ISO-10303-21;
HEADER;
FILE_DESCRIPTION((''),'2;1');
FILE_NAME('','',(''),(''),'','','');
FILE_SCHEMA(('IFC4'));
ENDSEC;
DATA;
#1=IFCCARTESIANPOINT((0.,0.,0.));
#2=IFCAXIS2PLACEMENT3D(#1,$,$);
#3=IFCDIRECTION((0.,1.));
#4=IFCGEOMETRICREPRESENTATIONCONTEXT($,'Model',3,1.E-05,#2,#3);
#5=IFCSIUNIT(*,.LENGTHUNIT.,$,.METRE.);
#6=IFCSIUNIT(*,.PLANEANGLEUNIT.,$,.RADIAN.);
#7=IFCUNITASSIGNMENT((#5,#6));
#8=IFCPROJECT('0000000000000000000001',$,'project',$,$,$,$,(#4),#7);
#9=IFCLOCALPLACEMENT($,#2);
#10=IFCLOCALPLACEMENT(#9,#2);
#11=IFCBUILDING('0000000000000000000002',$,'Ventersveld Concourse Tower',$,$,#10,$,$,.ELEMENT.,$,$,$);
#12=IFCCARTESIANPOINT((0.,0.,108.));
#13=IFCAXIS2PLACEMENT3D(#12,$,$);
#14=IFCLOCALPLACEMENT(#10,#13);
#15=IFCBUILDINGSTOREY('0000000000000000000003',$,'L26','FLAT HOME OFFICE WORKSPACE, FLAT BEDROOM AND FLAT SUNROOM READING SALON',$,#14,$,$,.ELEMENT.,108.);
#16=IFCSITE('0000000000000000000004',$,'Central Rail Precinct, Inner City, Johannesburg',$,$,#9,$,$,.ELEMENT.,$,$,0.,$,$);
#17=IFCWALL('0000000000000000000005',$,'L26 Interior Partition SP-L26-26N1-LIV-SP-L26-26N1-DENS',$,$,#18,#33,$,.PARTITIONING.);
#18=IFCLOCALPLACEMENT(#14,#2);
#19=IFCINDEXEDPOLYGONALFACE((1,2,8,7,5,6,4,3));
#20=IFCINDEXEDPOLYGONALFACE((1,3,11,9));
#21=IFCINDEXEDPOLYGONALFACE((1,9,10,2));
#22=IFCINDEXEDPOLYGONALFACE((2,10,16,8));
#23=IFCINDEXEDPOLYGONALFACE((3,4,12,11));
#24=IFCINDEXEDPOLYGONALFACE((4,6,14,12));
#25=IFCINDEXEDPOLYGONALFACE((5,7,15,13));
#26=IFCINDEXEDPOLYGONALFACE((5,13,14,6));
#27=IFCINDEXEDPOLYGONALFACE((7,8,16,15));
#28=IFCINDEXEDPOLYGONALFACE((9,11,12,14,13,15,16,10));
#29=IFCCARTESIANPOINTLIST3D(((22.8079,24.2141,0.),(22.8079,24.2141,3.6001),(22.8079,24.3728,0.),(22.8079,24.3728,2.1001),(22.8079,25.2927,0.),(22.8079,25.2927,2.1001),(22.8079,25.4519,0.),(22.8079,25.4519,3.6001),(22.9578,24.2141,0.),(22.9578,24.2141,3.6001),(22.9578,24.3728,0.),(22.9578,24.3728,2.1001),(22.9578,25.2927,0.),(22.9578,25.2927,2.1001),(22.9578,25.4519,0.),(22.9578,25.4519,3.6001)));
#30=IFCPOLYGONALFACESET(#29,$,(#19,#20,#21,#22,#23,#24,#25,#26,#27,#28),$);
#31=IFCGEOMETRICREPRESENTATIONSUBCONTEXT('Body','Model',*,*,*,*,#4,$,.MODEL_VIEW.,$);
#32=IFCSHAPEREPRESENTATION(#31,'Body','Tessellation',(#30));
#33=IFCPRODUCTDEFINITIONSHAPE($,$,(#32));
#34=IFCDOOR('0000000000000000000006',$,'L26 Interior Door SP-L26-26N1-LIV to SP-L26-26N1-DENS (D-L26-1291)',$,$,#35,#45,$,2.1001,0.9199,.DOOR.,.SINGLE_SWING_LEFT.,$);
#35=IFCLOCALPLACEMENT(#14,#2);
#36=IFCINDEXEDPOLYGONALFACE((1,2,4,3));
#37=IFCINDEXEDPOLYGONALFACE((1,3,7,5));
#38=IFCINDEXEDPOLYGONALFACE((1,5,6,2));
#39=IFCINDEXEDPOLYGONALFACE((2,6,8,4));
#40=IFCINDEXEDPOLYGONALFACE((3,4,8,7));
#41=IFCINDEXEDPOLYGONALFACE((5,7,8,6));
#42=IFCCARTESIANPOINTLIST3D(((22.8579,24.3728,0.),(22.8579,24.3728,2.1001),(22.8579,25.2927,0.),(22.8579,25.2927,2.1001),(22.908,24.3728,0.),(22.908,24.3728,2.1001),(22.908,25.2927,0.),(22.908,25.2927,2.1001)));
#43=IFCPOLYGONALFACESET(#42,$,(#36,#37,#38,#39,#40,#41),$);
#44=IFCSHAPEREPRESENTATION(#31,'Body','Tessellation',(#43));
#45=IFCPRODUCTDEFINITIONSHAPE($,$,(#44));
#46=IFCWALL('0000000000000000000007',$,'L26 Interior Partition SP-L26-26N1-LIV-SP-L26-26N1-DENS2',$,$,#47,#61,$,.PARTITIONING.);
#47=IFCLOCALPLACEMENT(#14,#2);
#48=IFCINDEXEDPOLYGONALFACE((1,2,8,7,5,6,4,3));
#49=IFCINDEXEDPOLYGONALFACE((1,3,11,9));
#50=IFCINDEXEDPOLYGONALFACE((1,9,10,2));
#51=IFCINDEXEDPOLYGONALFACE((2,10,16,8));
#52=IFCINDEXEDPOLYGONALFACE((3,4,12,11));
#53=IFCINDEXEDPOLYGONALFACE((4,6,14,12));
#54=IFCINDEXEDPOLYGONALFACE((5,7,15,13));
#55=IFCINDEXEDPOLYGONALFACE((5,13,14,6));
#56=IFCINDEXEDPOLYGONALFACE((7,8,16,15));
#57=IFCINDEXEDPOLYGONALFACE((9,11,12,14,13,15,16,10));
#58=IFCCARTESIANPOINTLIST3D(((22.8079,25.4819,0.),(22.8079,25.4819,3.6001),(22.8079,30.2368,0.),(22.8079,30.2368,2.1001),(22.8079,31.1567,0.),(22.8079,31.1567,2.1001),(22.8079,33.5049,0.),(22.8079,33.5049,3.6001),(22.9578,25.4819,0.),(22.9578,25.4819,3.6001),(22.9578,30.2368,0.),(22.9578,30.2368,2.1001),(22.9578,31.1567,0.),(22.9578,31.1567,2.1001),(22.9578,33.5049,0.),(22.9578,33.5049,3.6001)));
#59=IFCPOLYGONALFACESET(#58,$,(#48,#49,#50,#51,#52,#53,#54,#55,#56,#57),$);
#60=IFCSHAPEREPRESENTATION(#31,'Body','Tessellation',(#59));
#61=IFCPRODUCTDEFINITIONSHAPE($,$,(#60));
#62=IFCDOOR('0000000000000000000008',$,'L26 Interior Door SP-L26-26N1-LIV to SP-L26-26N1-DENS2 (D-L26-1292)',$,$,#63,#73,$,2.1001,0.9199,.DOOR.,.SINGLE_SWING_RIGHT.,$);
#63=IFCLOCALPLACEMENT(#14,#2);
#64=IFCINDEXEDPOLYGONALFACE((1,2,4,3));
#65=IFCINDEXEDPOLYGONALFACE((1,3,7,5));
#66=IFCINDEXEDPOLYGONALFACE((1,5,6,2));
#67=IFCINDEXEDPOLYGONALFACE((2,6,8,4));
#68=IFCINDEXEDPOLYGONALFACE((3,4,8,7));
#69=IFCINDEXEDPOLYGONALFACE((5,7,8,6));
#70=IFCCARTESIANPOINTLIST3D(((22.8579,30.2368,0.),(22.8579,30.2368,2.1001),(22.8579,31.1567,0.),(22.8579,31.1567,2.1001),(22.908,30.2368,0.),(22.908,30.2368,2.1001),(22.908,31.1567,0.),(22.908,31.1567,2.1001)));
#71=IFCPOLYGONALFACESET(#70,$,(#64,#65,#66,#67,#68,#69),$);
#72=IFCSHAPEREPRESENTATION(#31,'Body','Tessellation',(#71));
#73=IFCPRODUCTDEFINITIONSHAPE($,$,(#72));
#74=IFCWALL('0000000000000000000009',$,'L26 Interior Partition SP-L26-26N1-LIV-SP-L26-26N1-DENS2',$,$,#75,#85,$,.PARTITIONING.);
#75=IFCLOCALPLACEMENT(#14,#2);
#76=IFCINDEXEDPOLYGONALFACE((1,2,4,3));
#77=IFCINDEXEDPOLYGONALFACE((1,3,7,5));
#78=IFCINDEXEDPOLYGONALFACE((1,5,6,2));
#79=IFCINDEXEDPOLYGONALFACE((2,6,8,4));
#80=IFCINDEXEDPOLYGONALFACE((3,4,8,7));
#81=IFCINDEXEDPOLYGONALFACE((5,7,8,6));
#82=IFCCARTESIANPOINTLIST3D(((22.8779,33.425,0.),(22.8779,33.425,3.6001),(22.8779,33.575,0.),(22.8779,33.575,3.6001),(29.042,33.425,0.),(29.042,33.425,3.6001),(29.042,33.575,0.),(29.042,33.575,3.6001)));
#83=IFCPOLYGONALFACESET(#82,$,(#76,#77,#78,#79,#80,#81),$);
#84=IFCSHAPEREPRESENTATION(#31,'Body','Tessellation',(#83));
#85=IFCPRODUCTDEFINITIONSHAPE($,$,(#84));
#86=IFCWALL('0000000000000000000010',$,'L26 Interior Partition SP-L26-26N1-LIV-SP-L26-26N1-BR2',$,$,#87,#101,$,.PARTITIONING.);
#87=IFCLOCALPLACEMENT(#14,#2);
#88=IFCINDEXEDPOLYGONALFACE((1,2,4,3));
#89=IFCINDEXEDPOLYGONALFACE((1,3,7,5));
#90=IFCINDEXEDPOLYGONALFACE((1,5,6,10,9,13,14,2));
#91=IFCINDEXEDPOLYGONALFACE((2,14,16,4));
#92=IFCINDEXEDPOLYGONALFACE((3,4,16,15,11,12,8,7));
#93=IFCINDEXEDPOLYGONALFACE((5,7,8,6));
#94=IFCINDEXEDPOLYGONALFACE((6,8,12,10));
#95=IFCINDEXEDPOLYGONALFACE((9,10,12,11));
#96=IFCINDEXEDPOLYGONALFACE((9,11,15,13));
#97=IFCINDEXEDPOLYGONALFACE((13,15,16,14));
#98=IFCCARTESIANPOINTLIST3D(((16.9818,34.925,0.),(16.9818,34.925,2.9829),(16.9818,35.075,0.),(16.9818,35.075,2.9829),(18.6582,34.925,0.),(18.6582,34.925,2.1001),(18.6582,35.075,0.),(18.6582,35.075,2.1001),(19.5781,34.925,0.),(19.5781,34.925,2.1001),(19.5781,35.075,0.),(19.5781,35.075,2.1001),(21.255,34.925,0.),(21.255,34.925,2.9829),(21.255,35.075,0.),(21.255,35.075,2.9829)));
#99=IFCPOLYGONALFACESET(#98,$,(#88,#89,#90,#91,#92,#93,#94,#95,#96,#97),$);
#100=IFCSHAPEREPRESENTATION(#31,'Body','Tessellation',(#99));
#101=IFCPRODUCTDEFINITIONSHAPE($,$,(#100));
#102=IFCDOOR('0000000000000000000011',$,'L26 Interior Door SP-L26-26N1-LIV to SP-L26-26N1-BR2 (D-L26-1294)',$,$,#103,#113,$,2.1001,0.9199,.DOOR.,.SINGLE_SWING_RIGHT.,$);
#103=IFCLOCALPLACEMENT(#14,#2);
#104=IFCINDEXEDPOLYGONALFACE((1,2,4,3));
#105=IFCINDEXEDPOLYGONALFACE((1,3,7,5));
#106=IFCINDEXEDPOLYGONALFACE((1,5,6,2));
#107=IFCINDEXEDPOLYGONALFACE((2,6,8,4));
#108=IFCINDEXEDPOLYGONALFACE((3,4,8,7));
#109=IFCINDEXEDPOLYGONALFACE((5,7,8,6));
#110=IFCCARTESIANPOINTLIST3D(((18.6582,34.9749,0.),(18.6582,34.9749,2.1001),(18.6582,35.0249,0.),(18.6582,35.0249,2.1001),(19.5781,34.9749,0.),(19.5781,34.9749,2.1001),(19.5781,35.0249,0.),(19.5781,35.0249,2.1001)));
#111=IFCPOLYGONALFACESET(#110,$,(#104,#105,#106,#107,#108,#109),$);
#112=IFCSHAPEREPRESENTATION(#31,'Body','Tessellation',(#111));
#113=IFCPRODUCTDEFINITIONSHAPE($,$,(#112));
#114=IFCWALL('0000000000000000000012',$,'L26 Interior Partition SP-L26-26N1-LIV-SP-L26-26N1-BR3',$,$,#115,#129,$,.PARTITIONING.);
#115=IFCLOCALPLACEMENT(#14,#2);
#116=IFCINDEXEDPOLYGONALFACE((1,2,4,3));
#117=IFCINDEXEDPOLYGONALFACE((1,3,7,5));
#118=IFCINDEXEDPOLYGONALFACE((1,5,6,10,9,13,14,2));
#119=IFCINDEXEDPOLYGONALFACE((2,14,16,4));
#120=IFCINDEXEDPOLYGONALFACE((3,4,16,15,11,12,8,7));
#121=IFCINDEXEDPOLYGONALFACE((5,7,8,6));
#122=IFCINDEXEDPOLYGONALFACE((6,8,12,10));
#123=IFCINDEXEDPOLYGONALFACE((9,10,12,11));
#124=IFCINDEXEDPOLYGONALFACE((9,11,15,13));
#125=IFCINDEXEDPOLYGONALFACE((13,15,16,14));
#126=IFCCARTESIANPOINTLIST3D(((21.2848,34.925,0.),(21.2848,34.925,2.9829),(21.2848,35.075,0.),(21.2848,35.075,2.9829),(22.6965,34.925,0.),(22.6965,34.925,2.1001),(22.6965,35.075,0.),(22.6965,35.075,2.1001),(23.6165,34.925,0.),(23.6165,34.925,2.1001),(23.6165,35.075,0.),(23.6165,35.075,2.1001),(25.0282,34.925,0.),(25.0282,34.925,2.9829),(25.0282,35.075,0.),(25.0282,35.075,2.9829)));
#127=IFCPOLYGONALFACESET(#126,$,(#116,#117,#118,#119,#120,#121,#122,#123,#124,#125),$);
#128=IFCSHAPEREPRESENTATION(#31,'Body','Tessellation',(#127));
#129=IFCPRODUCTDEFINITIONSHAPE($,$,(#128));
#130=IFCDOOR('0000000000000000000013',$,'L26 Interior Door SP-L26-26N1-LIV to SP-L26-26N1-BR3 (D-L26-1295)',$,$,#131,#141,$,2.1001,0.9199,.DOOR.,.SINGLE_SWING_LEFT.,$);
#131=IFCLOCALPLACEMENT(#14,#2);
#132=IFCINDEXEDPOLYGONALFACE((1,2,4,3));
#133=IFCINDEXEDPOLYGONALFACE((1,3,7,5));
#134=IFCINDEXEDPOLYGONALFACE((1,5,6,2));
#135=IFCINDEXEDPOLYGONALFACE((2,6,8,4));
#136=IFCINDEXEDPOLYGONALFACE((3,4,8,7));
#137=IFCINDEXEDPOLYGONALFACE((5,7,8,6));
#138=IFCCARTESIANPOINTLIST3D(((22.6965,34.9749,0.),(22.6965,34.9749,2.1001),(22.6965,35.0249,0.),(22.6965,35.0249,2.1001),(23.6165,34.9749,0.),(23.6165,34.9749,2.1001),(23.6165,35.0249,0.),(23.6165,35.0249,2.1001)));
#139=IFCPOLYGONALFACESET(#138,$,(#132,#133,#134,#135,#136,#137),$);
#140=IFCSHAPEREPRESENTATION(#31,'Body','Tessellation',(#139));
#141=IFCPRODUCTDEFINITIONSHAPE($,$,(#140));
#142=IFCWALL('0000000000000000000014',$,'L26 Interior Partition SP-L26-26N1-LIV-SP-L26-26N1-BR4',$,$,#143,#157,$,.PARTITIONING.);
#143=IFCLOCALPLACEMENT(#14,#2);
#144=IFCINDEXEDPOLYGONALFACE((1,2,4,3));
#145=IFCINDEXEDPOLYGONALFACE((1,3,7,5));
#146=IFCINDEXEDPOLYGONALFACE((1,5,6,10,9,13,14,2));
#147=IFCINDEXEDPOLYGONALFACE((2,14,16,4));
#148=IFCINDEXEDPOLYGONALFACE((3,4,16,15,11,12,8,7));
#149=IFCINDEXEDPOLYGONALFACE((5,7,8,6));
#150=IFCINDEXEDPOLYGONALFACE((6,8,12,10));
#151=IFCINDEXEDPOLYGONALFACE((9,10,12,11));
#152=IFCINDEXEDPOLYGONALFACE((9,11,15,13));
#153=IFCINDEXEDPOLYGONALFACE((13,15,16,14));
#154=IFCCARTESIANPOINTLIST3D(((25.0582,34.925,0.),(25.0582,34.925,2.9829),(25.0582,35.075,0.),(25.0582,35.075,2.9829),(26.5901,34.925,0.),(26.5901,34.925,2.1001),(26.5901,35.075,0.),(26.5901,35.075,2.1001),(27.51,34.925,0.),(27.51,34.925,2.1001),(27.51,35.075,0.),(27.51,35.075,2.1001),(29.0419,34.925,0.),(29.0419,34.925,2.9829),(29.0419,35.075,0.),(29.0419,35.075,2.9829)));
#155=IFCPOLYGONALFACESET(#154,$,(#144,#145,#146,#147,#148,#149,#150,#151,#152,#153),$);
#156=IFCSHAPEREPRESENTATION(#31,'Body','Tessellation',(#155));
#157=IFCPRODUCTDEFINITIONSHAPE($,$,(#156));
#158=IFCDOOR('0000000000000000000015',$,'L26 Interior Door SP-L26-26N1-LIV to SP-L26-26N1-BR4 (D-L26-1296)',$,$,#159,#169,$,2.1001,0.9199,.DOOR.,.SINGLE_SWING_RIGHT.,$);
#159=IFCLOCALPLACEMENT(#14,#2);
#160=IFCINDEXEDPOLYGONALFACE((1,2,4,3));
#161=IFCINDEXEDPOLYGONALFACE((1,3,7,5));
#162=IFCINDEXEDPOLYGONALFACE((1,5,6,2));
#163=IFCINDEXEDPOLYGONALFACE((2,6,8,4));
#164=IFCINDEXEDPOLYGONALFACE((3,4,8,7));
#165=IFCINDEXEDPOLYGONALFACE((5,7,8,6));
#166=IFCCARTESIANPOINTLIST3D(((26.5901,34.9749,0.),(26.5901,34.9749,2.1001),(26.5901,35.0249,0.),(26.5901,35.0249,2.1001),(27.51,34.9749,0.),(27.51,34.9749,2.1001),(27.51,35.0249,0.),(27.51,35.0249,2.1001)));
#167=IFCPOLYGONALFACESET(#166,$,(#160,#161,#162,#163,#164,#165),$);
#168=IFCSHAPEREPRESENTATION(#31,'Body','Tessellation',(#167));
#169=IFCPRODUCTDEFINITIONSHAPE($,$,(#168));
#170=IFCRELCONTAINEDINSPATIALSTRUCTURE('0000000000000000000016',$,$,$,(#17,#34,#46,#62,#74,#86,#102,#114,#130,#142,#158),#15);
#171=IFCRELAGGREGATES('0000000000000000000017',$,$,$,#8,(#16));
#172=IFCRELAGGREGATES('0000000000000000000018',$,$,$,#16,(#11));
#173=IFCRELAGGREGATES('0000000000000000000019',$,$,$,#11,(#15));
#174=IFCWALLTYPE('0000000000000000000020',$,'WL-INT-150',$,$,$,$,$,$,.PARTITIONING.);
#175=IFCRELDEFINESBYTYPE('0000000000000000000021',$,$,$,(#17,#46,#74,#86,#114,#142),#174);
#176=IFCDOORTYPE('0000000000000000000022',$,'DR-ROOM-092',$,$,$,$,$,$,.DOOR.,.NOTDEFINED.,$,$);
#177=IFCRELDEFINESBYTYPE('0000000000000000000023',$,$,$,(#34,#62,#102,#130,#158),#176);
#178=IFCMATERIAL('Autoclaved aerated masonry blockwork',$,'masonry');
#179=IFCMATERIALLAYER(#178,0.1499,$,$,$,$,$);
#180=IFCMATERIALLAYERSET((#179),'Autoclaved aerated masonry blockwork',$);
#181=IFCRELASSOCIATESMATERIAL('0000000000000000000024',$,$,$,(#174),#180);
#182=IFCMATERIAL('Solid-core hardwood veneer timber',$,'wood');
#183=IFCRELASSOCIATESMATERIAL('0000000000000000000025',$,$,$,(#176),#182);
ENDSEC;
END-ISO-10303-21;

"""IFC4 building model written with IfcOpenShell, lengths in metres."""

from ifc_helpers import new_model, si_unit, direction, frame, frame_2d, origin, place, context, subcontext, project, spatial, rectangle, extrude, material, layer, layer_set, type_object, element, fill, save


model = new_model("IFC4")

# Units and contexts
model_context = context("Model", 3, precision=1e-05, world=origin(), true_north=direction((0.0, 1.0)))
body_context = subcontext(model_context, "Body", "Model", "MODEL_VIEW")
ifc_project = project(units=[si_unit("LENGTHUNIT", "METRE"), si_unit("PLANEANGLEUNIT", "RADIAN")], contexts=[model_context])

# Site, building, storey
site_placement = place(None, origin())
site = spatial("IfcSite", under=ifc_project, at=site_placement, Name="Central Rail Precinct, Inner City, Johannesburg", CompositionType="ELEMENT", RefElevation=0.0)
building_placement = place(site_placement, origin())
building = spatial("IfcBuilding", under=site, at=building_placement, Name="Ventersveld Concourse Tower", CompositionType="ELEMENT")
storey_placement = place(building_placement, frame((0.0, 0.0, 108.0)))
storey = spatial("IfcBuildingStorey", under=building, at=storey_placement, Name="L26", Description="FLAT HOME OFFICE WORKSPACE, FLAT BEDROOM AND FLAT SUNROOM READING SALON", CompositionType="ELEMENT", Elevation=108.0)

# Walls, openings, doors
ifc_material_1 = material(Name="Autoclaved aerated masonry blockwork", Category="masonry")
ifc_layer = layer(ifc_material_1, 0.1499)
ifc_layer_set = layer_set([ifc_layer], Name="Autoclaved aerated masonry blockwork")
wall_type = type_object("IfcWallType", Name="WL-INT-150", PredefinedType="PARTITIONING", material=ifc_layer_set)
ifc_material_2 = material(Name="Solid-core hardwood veneer timber", Category="wood")
door_type = type_object("IfcDoorType", Name="DR-ROOM-092", OperationType="NOTDEFINED", PredefinedType="DOOR", material=ifc_material_2)
wall_1_placement = place(storey_placement, frame((22.8828, 24.2141, 0.0), z_axis=(0.0, 0.0, 1.0), x_axis=(0.0, 1.0, 0.0)))
wall_1 = element("IfcWall", 1, at=wall_1_placement, inside=storey, type_object=wall_type, Name="L26 Interior Partition SP-L26-26N1-LIV-SP-L26-26N1-DENS", PredefinedType="PARTITIONING", context=body_context, shape_type="SweptSolid", body=[
    extrude(rectangle(XDim=1.2378, YDim=0.1499, at=frame_2d((0.6189, 0.0))), origin(), (0.0, 0.0, 1.0), 3.6001),
])
opening_1_placement = place(wall_1_placement, frame((0.1587, 0.0, 0.0)))
opening_1 = element("IfcOpeningElement", 2, at=opening_1_placement, cuts=wall_1, PredefinedType="OPENING", context=body_context, shape_type="SweptSolid", body=[
    extrude(rectangle(XDim=0.9199, YDim=2.1001, at=frame_2d((0.46, 1.05))), frame((0.0, 0.085, 0.0), z_axis=(0.0, -1.0, 0.0), x_axis=(1.0, 0.0, 0.0)), (0.0, 0.0, 1.0), 0.1699),
])
door_1_placement = place(opening_1_placement, origin())
door_1 = element("IfcDoor", 3, at=door_1_placement, inside=storey, type_object=door_type, Name="L26 Interior Door SP-L26-26N1-LIV to SP-L26-26N1-DENS (D-L26-1291)", OperationType="SINGLE_SWING_LEFT", OverallHeight=2.1001, OverallWidth=0.9199, PredefinedType="DOOR", context=body_context, shape_type="SweptSolid", body=[
    extrude(rectangle(XDim=0.9199, YDim=2.1001, at=frame_2d((0.46, 1.05))), frame((0.0, 0.0249, 0.0), z_axis=(0.0, -1.0, 0.0), x_axis=(1.0, 0.0, 0.0)), (0.0, 0.0, 1.0), 0.05),
])
fill(opening_1, door_1)
wall_2_placement = place(storey_placement, frame((22.8828, 25.4819, 0.0), z_axis=(0.0, 0.0, 1.0), x_axis=(0.0, 1.0, 0.0)))
wall_2 = element("IfcWall", 4, at=wall_2_placement, inside=storey, type_object=wall_type, Name="L26 Interior Partition SP-L26-26N1-LIV-SP-L26-26N1-DENS2", PredefinedType="PARTITIONING", context=body_context, shape_type="SweptSolid", body=[
    extrude(rectangle(XDim=8.0229, YDim=0.1499, at=frame_2d((4.0115, 0.0))), origin(), (0.0, 0.0, 1.0), 3.6001),
])
opening_2_placement = place(wall_2_placement, frame((4.7549, 0.0, 0.0)))
opening_2 = element("IfcOpeningElement", 5, at=opening_2_placement, cuts=wall_2, PredefinedType="OPENING", context=body_context, shape_type="SweptSolid", body=[
    extrude(rectangle(XDim=0.9199, YDim=2.1001, at=frame_2d((0.46, 1.05))), frame((0.0, 0.085, 0.0), z_axis=(0.0, -1.0, 0.0), x_axis=(1.0, 0.0, 0.0)), (0.0, 0.0, 1.0), 0.1699),
])
door_2_placement = place(opening_2_placement, origin())
door_2 = element("IfcDoor", 6, at=door_2_placement, inside=storey, type_object=door_type, Name="L26 Interior Door SP-L26-26N1-LIV to SP-L26-26N1-DENS2 (D-L26-1292)", OperationType="SINGLE_SWING_RIGHT", OverallHeight=2.1001, OverallWidth=0.9199, PredefinedType="DOOR", context=body_context, shape_type="SweptSolid", body=[
    extrude(rectangle(XDim=0.9199, YDim=2.1001, at=frame_2d((0.46, 1.05))), frame((0.0, 0.0249, 0.0), z_axis=(0.0, -1.0, 0.0), x_axis=(1.0, 0.0, 0.0)), (0.0, 0.0, 1.0), 0.05),
])
fill(opening_2, door_2)

# Wall
wall_3_placement = place(storey_placement, frame((22.8779, 33.5, 0.0), z_axis=(0.0, 0.0, 1.0), x_axis=(1.0, 0.0, 0.0)))
element("IfcWall", 7, at=wall_3_placement, inside=storey, type_object=wall_type, Name="L26 Interior Partition SP-L26-26N1-LIV-SP-L26-26N1-DENS2", PredefinedType="PARTITIONING", context=body_context, shape_type="SweptSolid", body=[
    extrude(rectangle(XDim=6.1641, YDim=0.1499, at=frame_2d((3.082, 0.0))), origin(), (0.0, 0.0, 1.0), 3.6001),
])

# Walls, openings, doors
wall_4_placement = place(storey_placement, frame((16.9817, 35.0, 0.0), z_axis=(0.0, 0.0, 1.0), x_axis=(1.0, 0.0, 0.0)))
wall_4 = element("IfcWall", 8, at=wall_4_placement, inside=storey, type_object=wall_type, Name="L26 Interior Partition SP-L26-26N1-LIV-SP-L26-26N1-BR2", PredefinedType="PARTITIONING", context=body_context, shape_type="SweptSolid", body=[
    extrude(rectangle(XDim=4.2732, YDim=0.1499, at=frame_2d((2.1367, 0.0))), origin(), (0.0, 0.0, 1.0), 2.9829),
])
opening_3_placement = place(wall_4_placement, frame((1.6765, 0.0, 0.0)))
opening_3 = element("IfcOpeningElement", 9, at=opening_3_placement, cuts=wall_4, PredefinedType="OPENING", context=body_context, shape_type="SweptSolid", body=[
    extrude(rectangle(XDim=0.9199, YDim=2.1001, at=frame_2d((0.46, 1.05))), frame((0.0, 0.085, 0.0), z_axis=(0.0, -1.0, 0.0), x_axis=(1.0, 0.0, 0.0)), (0.0, 0.0, 1.0), 0.1699),
])
door_3_placement = place(opening_3_placement, origin())
door_3 = element("IfcDoor", 10, at=door_3_placement, inside=storey, type_object=door_type, Name="L26 Interior Door SP-L26-26N1-LIV to SP-L26-26N1-BR2 (D-L26-1294)", OperationType="SINGLE_SWING_RIGHT", OverallHeight=2.1001, OverallWidth=0.9199, PredefinedType="DOOR", context=body_context, shape_type="SweptSolid", body=[
    extrude(rectangle(XDim=0.9199, YDim=2.1001, at=frame_2d((0.46, 1.05))), frame((0.0, 0.0249, 0.0), z_axis=(0.0, -1.0, 0.0), x_axis=(1.0, 0.0, 0.0)), (0.0, 0.0, 1.0), 0.05),
])
fill(opening_3, door_3)
wall_5_placement = place(storey_placement, frame((21.2849, 35.0, 0.0), z_axis=(0.0, 0.0, 1.0), x_axis=(1.0, 0.0, 0.0)))
wall_5 = element("IfcWall", 11, at=wall_5_placement, inside=storey, type_object=wall_type, Name="L26 Interior Partition SP-L26-26N1-LIV-SP-L26-26N1-BR3", PredefinedType="PARTITIONING", context=body_context, shape_type="SweptSolid", body=[
    extrude(rectangle(XDim=3.7434, YDim=0.1499, at=frame_2d((1.8716, 0.0))), origin(), (0.0, 0.0, 1.0), 2.9829),
])
opening_4_placement = place(wall_5_placement, frame((1.4116, 0.0, 0.0)))
opening_4 = element("IfcOpeningElement", 12, at=opening_4_placement, cuts=wall_5, PredefinedType="OPENING", context=body_context, shape_type="SweptSolid", body=[
    extrude(rectangle(XDim=0.9199, YDim=2.1001, at=frame_2d((0.46, 1.05))), frame((0.0, 0.085, 0.0), z_axis=(0.0, -1.0, 0.0), x_axis=(1.0, 0.0, 0.0)), (0.0, 0.0, 1.0), 0.1699),
])
door_4_placement = place(opening_4_placement, origin())
door_4 = element("IfcDoor", 13, at=door_4_placement, inside=storey, type_object=door_type, Name="L26 Interior Door SP-L26-26N1-LIV to SP-L26-26N1-BR3 (D-L26-1295)", OperationType="SINGLE_SWING_LEFT", OverallHeight=2.1001, OverallWidth=0.9199, PredefinedType="DOOR", context=body_context, shape_type="SweptSolid", body=[
    extrude(rectangle(XDim=0.9199, YDim=2.1001, at=frame_2d((0.46, 1.05))), frame((0.0, 0.0249, 0.0), z_axis=(0.0, -1.0, 0.0), x_axis=(1.0, 0.0, 0.0)), (0.0, 0.0, 1.0), 0.05),
])
fill(opening_4, door_4)
wall_6_placement = place(storey_placement, frame((25.0583, 35.0, 0.0), z_axis=(0.0, 0.0, 1.0), x_axis=(1.0, 0.0, 0.0)))
wall_6 = element("IfcWall", 14, at=wall_6_placement, inside=storey, type_object=wall_type, Name="L26 Interior Partition SP-L26-26N1-LIV-SP-L26-26N1-BR4", PredefinedType="PARTITIONING", context=body_context, shape_type="SweptSolid", body=[
    extrude(rectangle(XDim=3.9836, YDim=0.1499, at=frame_2d((1.9917, 0.0))), origin(), (0.0, 0.0, 1.0), 2.9829),
])
opening_5_placement = place(wall_6_placement, frame((1.5317, 0.0, 0.0)))
opening_5 = element("IfcOpeningElement", 15, at=opening_5_placement, cuts=wall_6, PredefinedType="OPENING", context=body_context, shape_type="SweptSolid", body=[
    extrude(rectangle(XDim=0.9199, YDim=2.1001, at=frame_2d((0.46, 1.05))), frame((0.0, 0.085, 0.0), z_axis=(0.0, -1.0, 0.0), x_axis=(1.0, 0.0, 0.0)), (0.0, 0.0, 1.0), 0.1699),
])
door_5_placement = place(opening_5_placement, origin())
door_5 = element("IfcDoor", 16, at=door_5_placement, inside=storey, type_object=door_type, Name="L26 Interior Door SP-L26-26N1-LIV to SP-L26-26N1-BR4 (D-L26-1296)", OperationType="SINGLE_SWING_RIGHT", OverallHeight=2.1001, OverallWidth=0.9199, PredefinedType="DOOR", context=body_context, shape_type="SweptSolid", body=[
    extrude(rectangle(XDim=0.9199, YDim=2.1001, at=frame_2d((0.46, 1.05))), frame((0.0, 0.0249, 0.0), z_axis=(0.0, -1.0, 0.0), x_axis=(1.0, 0.0, 0.0)), (0.0, 0.0, 1.0), 0.05),
])
fill(opening_5, door_5)

save(model, "model.ifc")
